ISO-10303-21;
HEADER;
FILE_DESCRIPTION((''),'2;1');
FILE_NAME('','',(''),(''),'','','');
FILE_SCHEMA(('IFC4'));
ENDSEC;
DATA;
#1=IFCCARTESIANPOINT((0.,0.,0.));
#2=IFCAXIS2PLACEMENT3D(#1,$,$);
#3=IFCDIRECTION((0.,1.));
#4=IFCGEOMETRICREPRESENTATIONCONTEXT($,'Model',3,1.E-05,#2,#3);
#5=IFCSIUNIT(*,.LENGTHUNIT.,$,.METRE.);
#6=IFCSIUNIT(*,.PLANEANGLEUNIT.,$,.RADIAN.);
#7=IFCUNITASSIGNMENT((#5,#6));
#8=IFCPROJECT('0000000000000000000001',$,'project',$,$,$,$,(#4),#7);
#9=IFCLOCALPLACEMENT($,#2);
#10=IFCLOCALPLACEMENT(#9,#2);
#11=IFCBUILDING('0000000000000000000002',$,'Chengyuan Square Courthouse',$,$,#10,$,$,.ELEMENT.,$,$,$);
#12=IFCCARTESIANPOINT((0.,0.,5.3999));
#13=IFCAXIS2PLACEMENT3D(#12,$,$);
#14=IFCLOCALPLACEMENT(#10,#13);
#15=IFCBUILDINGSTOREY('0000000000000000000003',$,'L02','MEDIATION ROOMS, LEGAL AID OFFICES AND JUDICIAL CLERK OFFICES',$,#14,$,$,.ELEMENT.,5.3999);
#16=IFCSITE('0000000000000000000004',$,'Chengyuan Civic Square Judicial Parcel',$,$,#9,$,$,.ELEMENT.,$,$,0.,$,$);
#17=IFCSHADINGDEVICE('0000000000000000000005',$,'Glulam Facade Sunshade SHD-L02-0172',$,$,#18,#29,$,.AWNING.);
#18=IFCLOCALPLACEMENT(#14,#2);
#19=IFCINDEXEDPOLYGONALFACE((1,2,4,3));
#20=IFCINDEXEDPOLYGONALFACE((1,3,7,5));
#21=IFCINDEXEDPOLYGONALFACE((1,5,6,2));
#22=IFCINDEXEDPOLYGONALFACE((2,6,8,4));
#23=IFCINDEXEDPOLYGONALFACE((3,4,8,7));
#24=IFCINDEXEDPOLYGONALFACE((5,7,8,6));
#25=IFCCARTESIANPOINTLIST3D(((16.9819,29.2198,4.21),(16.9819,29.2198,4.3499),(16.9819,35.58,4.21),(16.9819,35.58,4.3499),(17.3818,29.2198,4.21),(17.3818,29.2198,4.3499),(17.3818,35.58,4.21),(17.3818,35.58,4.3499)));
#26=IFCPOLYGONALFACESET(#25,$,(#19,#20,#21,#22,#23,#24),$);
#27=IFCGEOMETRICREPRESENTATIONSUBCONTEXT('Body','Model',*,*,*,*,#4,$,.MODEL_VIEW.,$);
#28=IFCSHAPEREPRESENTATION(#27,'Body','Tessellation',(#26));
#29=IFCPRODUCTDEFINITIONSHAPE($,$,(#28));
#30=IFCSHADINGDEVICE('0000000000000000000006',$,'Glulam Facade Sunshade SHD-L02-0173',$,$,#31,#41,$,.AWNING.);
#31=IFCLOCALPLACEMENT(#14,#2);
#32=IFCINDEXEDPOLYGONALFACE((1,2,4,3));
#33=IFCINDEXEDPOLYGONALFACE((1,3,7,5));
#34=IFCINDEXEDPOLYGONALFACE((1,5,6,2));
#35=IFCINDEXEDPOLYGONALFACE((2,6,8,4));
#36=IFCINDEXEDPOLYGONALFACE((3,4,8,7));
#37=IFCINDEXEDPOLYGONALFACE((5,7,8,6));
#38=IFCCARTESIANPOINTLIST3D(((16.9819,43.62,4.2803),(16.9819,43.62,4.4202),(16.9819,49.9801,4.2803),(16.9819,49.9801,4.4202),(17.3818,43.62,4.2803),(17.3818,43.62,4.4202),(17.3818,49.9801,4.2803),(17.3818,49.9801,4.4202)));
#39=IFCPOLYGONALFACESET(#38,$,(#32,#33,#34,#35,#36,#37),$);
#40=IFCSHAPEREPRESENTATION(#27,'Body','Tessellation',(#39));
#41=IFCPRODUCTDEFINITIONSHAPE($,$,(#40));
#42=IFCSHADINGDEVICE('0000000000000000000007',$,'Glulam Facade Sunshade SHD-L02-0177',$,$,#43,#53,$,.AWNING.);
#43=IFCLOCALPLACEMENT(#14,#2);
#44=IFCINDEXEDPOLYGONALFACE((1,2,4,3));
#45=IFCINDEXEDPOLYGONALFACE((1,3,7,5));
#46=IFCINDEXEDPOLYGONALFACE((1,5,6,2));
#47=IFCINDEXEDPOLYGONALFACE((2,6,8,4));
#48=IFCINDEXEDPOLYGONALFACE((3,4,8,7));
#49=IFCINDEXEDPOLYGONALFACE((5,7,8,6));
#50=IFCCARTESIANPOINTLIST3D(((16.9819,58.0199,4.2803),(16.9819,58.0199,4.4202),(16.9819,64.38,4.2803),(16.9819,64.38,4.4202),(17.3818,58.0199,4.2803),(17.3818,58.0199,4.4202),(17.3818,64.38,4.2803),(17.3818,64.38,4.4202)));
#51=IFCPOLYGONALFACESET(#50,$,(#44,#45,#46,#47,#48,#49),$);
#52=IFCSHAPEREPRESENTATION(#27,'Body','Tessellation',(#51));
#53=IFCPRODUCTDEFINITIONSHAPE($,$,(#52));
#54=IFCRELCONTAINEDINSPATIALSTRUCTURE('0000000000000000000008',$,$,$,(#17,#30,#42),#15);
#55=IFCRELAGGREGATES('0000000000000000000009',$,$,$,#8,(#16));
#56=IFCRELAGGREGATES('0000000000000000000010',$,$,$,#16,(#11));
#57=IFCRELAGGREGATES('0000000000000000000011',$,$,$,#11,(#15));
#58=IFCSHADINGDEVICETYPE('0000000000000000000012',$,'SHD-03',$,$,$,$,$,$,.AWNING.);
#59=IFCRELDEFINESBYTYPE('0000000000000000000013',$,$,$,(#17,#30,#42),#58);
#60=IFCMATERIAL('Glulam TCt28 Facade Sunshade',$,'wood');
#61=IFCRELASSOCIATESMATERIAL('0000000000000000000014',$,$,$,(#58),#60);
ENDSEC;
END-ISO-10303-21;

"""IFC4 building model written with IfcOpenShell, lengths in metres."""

from ifc_helpers import new_model, si_unit, direction, frame, origin, origin_2d, place, context, subcontext, project, spatial, rectangle, extrude, material, type_object, element, save


model = new_model("IFC4")

# Units and contexts
model_context = context("Model", 3, precision=1e-05, world=origin(), true_north=direction((0.0, 1.0)))
body_context = subcontext(model_context, "Body", "Model", "MODEL_VIEW")
ifc_project = project(units=[si_unit("LENGTHUNIT", "METRE"), si_unit("PLANEANGLEUNIT", "RADIAN")], contexts=[model_context])

# Site, building, storey
site_placement = place(None, origin())
site = spatial("IfcSite", under=ifc_project, at=site_placement, Name="Chengyuan Civic Square Judicial Parcel", CompositionType="ELEMENT", RefElevation=0.0)
building_placement = place(site_placement, origin())
building = spatial("IfcBuilding", under=site, at=building_placement, Name="Chengyuan Square Courthouse", CompositionType="ELEMENT")
storey_placement = place(building_placement, frame((0.0, 0.0, 5.3999)))
storey = spatial("IfcBuildingStorey", under=building, at=storey_placement, Name="L02", Description="MEDIATION ROOMS, LEGAL AID OFFICES AND JUDICIAL CLERK OFFICES", CompositionType="ELEMENT", Elevation=5.3999)

# Shading devices
ifc_material_1 = material(Name="Glulam TCt28 Facade Sunshade", Category="wood")
shading_device_type_1 = type_object("IfcShadingDeviceType", Name="SHD-03", PredefinedType="AWNING", material=ifc_material_1)
for number, where, z_axis, x_axis, name in (
    (1, (17.1819, 32.3999, 4.21), (0.0, 0.0, 1.0), (0.0, 1.0, 0.0), "Glulam Facade Sunshade SHD-L02-0172"),
    (2, (17.1819, 46.8, 4.2803), (0.0, 0.0, 1.0), (0.0, 1.0, 0.0), "Glulam Facade Sunshade SHD-L02-0173"),
    (3, (17.1819, 61.2, 4.2803), (0.0, 0.0, 1.0), (0.0, 1.0, 0.0), "Glulam Facade Sunshade SHD-L02-0177"),
):
    element("IfcShadingDevice", number, at=place(storey_placement, frame(where, z_axis=z_axis, x_axis=x_axis)), inside=storey, type_object=shading_device_type_1, Name=name, PredefinedType="AWNING", context=body_context, shape_type="SweptSolid", body=[
        extrude(rectangle(XDim=6.3601, YDim=0.3999, at=origin_2d()), origin(), (0.0, 0.0, 1.0), 0.1399),
    ])

save(model, "model.ifc")
